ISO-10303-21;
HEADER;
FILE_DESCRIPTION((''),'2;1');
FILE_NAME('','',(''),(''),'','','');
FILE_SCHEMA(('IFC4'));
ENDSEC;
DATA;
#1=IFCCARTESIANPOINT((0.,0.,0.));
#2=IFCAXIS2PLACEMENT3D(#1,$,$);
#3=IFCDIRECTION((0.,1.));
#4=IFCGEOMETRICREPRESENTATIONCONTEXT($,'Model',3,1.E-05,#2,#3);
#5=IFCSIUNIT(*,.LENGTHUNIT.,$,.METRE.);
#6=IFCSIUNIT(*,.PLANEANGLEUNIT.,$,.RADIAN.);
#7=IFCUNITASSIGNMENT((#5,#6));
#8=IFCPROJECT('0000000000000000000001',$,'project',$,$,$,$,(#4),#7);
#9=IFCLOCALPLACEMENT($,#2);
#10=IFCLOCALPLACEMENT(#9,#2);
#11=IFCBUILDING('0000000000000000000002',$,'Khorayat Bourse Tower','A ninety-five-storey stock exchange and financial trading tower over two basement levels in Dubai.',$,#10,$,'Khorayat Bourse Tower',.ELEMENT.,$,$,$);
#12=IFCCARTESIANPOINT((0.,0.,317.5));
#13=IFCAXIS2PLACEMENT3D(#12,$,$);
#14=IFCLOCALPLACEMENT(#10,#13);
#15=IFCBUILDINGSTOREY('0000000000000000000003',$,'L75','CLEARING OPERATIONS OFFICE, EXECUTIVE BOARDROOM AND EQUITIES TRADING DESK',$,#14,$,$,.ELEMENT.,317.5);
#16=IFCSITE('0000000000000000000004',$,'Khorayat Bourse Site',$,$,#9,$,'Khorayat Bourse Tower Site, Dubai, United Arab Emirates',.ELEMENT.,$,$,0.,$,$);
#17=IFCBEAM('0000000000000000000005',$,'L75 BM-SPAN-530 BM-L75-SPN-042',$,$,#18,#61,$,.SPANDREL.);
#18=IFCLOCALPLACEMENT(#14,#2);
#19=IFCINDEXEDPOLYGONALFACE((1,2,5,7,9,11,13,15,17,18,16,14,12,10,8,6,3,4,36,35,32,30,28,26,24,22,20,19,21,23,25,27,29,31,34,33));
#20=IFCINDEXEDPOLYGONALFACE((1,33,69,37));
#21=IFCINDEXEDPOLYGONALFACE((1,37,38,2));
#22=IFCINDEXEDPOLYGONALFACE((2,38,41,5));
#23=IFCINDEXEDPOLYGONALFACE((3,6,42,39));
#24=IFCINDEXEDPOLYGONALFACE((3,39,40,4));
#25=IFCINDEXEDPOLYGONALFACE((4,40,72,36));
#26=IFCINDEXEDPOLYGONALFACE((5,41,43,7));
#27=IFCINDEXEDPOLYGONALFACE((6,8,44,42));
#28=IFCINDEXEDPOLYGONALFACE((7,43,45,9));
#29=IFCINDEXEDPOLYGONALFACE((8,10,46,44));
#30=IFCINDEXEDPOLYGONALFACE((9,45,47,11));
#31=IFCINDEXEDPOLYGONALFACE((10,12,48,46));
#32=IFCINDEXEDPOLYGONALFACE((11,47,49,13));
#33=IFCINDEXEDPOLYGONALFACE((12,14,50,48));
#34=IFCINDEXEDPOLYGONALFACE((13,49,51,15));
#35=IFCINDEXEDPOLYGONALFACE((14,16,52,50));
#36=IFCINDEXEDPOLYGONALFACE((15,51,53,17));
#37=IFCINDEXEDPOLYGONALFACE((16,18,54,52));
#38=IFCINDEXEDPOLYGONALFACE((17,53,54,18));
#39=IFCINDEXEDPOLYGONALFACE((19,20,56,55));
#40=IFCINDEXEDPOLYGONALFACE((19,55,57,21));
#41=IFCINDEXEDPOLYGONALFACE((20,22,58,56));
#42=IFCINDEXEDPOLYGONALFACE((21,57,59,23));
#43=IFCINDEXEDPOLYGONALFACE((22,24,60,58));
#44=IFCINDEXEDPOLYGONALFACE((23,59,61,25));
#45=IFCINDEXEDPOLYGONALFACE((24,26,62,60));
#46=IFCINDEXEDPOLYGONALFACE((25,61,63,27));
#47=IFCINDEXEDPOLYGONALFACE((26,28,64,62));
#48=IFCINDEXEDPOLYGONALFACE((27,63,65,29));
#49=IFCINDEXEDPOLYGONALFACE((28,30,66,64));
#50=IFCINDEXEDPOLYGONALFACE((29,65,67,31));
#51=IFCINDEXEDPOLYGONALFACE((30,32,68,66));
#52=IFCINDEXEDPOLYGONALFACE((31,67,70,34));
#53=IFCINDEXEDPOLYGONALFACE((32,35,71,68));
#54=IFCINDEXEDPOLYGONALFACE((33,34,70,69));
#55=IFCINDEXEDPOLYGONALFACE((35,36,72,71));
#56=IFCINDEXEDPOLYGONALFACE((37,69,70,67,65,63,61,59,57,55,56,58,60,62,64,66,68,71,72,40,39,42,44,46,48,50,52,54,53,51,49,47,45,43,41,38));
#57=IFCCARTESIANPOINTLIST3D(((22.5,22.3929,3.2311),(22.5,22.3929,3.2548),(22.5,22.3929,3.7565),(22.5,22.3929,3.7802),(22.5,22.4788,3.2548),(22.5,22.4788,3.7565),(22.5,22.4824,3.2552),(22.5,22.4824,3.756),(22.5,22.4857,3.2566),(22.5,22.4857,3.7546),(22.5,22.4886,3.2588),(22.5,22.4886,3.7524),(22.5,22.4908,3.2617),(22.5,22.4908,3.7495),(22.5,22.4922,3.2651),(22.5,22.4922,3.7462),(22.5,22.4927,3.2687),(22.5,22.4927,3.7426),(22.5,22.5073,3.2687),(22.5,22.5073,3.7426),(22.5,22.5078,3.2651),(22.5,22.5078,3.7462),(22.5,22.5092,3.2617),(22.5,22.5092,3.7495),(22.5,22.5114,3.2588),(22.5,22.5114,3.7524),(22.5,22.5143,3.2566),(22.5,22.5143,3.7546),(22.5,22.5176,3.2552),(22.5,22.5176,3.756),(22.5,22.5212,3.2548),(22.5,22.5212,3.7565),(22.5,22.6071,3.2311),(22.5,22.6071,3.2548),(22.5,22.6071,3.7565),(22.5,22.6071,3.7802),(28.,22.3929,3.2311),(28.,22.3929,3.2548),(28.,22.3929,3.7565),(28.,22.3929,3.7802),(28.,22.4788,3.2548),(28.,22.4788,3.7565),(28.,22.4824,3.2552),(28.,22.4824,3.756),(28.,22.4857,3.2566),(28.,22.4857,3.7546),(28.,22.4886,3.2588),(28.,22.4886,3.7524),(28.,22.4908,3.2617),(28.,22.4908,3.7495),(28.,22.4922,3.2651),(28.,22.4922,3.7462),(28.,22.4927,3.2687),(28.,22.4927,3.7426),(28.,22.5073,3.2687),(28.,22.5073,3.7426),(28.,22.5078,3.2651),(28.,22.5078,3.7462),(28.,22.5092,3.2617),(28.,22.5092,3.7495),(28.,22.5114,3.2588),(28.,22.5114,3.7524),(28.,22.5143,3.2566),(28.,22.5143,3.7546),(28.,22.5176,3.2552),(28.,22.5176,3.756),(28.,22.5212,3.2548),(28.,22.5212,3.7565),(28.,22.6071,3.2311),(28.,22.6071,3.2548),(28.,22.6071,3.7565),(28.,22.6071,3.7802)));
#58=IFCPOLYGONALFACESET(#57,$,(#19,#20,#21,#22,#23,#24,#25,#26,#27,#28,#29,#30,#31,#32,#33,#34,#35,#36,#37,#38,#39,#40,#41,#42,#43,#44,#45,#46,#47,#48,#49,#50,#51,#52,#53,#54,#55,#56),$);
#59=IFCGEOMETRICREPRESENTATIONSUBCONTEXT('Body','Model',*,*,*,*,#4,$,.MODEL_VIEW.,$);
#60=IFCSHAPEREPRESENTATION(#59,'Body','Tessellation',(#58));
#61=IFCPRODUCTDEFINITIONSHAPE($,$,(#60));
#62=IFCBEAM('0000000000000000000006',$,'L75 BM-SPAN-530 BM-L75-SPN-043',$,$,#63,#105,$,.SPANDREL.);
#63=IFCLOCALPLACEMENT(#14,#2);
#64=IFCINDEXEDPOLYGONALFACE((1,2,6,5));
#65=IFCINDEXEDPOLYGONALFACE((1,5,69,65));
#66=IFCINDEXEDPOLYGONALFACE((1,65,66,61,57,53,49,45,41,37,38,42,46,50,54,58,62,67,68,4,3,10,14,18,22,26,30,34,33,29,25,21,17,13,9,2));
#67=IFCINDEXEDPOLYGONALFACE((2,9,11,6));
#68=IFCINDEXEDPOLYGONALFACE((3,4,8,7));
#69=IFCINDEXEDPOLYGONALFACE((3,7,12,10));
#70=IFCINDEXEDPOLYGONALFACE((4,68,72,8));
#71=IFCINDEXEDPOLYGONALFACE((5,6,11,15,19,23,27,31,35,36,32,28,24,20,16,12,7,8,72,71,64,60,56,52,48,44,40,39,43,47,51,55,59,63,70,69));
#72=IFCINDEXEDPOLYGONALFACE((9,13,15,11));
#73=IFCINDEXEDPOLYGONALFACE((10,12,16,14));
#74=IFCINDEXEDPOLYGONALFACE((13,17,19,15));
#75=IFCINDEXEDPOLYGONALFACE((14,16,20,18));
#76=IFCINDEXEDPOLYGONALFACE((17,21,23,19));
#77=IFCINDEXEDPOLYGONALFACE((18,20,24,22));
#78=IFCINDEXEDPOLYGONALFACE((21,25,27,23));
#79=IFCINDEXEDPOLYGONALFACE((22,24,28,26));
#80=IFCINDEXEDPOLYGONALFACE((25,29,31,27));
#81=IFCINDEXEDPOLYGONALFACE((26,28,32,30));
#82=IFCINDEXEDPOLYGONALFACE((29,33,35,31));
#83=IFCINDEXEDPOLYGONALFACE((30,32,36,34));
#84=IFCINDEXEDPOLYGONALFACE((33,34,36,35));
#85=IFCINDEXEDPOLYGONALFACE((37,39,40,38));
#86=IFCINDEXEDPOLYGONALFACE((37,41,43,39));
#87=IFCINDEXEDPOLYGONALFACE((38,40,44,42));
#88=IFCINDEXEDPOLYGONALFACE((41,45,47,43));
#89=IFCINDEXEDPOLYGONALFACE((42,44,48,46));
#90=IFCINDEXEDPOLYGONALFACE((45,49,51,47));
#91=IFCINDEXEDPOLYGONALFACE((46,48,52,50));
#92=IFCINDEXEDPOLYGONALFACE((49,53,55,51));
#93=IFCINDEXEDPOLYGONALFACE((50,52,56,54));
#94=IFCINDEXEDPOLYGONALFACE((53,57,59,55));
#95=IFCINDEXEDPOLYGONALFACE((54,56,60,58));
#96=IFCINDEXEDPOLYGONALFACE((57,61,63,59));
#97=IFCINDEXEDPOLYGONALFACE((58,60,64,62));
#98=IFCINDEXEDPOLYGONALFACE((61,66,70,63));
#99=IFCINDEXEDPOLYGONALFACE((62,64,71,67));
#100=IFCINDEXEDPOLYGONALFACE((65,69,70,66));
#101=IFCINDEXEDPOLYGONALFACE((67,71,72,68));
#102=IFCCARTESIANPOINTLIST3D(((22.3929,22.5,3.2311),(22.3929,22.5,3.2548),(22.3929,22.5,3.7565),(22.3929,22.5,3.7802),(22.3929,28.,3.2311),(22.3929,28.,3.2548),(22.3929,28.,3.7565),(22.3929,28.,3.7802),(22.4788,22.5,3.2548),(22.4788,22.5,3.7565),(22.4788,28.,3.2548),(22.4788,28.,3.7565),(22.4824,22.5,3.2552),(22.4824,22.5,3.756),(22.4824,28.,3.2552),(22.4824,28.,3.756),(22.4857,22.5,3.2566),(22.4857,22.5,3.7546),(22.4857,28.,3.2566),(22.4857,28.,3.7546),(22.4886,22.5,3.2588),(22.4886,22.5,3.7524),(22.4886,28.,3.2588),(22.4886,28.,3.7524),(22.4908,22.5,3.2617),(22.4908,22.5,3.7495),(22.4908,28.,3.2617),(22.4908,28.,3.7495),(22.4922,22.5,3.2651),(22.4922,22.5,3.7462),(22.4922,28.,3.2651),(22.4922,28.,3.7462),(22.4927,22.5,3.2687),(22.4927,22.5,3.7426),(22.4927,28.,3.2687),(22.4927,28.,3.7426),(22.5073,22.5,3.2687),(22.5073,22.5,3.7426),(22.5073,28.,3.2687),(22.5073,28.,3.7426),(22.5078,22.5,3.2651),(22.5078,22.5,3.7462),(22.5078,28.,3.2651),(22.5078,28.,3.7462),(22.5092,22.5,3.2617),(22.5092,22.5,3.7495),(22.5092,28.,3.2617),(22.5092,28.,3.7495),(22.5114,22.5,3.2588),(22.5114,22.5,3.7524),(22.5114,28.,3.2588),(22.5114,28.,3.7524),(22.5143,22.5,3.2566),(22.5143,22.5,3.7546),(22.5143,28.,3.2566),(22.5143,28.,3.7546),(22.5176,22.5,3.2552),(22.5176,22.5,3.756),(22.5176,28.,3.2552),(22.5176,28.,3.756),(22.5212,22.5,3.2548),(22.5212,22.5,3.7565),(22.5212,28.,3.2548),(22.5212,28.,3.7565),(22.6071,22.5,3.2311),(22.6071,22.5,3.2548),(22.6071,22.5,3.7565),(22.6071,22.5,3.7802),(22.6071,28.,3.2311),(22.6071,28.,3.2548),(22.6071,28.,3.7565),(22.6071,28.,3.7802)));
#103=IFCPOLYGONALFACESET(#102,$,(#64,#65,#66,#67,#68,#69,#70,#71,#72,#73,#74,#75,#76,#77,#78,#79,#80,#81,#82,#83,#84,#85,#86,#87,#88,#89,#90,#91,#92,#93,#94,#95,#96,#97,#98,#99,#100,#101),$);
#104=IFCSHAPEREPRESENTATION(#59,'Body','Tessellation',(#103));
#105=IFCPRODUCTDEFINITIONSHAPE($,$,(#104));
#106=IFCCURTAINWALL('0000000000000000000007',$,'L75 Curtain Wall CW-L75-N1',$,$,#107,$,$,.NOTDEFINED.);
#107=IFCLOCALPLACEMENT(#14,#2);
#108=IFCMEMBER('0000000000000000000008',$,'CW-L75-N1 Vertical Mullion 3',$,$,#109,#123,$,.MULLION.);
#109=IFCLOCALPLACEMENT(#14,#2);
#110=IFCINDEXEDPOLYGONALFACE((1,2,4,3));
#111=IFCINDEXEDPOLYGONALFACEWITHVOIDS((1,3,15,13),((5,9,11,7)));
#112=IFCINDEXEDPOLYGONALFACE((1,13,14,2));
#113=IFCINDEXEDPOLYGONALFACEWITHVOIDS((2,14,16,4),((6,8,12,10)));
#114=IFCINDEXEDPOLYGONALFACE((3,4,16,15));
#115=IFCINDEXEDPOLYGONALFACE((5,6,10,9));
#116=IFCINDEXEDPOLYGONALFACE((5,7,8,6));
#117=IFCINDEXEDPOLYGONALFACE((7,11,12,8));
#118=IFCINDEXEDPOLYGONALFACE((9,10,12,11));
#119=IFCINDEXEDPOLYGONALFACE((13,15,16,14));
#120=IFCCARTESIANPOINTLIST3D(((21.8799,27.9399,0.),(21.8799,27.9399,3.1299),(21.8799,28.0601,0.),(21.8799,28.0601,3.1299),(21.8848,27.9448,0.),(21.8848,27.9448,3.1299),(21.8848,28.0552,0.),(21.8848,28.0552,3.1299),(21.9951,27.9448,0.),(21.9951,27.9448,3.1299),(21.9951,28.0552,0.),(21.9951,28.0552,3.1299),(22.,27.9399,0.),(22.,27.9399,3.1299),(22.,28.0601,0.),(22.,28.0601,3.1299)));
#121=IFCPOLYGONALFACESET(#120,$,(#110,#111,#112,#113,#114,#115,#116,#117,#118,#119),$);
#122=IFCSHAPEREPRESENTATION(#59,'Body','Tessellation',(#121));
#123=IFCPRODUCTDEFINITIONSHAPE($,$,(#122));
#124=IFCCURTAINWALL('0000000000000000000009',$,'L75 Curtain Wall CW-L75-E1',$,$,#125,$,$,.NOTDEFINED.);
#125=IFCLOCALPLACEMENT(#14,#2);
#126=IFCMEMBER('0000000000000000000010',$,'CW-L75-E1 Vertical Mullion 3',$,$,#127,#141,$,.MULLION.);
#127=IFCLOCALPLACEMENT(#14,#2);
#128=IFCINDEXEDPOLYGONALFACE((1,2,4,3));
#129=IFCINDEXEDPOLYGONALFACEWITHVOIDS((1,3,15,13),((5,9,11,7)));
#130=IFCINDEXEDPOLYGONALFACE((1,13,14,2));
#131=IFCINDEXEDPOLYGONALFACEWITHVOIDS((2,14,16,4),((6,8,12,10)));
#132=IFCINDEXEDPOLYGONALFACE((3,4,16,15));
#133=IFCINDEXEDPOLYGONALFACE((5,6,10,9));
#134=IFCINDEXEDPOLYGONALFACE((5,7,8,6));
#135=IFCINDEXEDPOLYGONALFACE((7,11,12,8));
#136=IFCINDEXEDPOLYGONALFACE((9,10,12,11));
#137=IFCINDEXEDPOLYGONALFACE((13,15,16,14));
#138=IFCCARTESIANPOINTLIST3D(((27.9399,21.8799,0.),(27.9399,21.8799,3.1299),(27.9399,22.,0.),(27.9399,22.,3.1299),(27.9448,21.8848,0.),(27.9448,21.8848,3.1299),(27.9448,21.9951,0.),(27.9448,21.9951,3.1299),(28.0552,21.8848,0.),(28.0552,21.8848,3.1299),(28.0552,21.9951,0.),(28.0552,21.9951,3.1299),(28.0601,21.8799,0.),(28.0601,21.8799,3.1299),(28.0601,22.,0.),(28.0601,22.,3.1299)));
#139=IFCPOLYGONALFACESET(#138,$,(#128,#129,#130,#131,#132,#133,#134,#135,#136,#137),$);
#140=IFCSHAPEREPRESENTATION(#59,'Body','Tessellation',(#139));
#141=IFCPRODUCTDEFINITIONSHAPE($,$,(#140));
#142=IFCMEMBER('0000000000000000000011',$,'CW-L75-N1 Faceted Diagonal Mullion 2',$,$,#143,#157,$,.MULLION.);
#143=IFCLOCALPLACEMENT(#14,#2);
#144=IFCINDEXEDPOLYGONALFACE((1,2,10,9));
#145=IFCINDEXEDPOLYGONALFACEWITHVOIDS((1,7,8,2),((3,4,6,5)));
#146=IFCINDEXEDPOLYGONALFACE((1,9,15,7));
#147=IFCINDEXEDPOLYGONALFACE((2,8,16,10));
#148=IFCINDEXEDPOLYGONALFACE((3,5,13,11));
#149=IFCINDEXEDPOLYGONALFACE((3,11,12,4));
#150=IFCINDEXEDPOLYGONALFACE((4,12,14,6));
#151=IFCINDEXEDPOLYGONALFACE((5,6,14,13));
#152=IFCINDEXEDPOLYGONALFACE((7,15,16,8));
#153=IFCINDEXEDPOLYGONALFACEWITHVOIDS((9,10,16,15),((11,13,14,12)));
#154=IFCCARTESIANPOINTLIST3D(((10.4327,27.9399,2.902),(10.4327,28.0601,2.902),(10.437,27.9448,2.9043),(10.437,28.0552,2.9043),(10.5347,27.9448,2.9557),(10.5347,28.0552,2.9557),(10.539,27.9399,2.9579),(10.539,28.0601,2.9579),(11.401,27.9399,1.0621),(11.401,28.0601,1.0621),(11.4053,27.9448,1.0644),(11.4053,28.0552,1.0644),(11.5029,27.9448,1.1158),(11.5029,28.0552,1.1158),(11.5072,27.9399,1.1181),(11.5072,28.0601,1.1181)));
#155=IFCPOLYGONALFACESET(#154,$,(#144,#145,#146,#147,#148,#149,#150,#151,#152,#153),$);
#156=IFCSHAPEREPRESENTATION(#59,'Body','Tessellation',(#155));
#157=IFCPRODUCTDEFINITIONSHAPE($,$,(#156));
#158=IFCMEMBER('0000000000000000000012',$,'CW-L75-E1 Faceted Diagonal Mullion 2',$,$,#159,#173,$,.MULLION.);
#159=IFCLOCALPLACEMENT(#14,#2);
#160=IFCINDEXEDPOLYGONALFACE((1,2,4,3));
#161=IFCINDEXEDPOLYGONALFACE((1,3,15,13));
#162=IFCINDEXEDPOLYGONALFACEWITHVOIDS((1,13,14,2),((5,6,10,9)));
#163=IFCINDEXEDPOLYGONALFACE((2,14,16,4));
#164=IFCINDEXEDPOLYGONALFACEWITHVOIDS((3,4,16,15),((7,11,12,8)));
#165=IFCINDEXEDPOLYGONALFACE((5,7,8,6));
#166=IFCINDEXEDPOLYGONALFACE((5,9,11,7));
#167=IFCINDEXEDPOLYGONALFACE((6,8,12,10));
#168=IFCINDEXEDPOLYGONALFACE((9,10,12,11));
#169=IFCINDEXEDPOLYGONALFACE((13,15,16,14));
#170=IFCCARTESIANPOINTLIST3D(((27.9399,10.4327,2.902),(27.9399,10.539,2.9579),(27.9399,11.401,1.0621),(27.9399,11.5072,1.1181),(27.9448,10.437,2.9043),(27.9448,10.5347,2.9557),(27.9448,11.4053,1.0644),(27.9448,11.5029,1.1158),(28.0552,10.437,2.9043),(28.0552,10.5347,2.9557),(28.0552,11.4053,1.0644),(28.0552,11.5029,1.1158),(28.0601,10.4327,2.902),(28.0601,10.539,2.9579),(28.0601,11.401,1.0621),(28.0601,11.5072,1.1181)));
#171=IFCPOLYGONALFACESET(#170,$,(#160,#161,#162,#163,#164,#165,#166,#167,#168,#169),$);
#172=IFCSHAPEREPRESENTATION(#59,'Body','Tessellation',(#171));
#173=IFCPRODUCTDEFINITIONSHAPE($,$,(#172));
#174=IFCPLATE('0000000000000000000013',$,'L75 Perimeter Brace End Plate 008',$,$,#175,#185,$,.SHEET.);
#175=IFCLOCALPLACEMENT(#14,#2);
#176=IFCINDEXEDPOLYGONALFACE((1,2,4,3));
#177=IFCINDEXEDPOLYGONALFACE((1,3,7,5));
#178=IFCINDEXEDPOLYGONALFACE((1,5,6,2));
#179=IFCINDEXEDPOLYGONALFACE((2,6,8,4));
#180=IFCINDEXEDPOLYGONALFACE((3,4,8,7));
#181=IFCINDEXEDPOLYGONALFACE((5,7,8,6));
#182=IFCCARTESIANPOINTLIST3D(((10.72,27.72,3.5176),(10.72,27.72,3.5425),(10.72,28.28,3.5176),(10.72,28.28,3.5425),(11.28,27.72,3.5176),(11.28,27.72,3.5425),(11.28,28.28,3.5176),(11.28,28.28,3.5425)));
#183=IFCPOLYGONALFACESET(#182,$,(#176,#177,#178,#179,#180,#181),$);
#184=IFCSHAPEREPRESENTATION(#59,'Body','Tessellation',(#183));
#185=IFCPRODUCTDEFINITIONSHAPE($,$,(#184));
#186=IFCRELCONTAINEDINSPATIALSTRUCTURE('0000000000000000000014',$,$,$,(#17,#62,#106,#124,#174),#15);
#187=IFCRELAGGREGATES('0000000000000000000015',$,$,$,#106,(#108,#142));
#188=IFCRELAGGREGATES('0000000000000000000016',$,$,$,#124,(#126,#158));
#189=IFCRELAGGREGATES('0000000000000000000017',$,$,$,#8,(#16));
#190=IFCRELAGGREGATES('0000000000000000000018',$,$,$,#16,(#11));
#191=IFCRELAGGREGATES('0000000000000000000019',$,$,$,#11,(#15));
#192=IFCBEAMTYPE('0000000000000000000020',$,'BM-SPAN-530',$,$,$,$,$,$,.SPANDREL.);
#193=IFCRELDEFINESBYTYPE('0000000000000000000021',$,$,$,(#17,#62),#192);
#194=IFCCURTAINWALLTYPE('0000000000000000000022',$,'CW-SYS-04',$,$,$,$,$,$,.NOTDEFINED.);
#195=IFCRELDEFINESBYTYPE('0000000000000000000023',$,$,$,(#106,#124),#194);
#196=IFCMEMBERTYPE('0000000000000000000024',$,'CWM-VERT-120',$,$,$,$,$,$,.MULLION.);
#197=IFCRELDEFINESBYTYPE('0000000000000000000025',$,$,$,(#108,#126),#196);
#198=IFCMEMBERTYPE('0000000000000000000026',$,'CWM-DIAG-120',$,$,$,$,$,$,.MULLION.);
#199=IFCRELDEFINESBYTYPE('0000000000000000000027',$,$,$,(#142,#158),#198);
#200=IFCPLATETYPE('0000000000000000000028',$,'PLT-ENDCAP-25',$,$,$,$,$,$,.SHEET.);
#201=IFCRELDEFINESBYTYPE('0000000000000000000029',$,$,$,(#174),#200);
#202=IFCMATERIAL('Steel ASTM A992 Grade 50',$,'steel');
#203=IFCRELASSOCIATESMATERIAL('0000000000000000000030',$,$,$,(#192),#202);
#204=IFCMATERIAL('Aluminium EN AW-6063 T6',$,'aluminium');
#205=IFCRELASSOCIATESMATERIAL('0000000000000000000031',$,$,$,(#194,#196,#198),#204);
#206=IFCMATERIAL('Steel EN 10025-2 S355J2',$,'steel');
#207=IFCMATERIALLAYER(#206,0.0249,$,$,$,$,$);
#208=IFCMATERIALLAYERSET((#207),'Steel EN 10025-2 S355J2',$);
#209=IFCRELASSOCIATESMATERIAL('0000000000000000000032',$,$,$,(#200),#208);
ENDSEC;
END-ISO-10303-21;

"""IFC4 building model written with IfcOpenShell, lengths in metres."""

from ifc_helpers import new_model, si_unit, direction, frame, origin, origin_2d, place, context, subcontext, project, spatial, rectangle, hollow_rectangle, i_section, extrude, source, transform, mapped, material, layer, layer_set, material_profile, profile_set, type_object, element, aggregate, save


model = new_model("IFC4")

# Units and contexts
model_context = context("Model", 3, precision=1e-05, world=origin(), true_north=direction((0.0, 1.0)))
body_context = subcontext(model_context, "Body", "Model", "MODEL_VIEW")
ifc_project = project(units=[si_unit("LENGTHUNIT", "METRE"), si_unit("PLANEANGLEUNIT", "RADIAN")], contexts=[model_context])

# Site, building, storey
site_placement = place(None, origin())
site = spatial("IfcSite", under=ifc_project, at=site_placement, Name="Khorayat Bourse Site", LongName="Khorayat Bourse Tower Site, Dubai, United Arab Emirates", CompositionType="ELEMENT", RefElevation=0.0)
building_placement = place(site_placement, origin())
building = spatial("IfcBuilding", under=site, at=building_placement, Name="Khorayat Bourse Tower", Description="A ninety-five-storey stock exchange and financial trading tower over two basement levels in Dubai.", LongName="Khorayat Bourse Tower", CompositionType="ELEMENT")
storey_placement = place(building_placement, frame((0.0, 0.0, 317.5)))
storey = spatial("IfcBuildingStorey", under=building, at=storey_placement, Name="L75", Description="CLEARING OPERATIONS OFFICE, EXECUTIVE BOARDROOM AND EQUITIES TRADING DESK", CompositionType="ELEMENT", Elevation=317.5)

# Beams
ifc_material_1 = material(Name="Steel ASTM A992 Grade 50", Category="steel")
ifc_material_profile_1 = material_profile(ifc_material_1, i_section(OverallWidth=0.2141, OverallDepth=0.5491, WebThickness=0.0146, FlangeThickness=0.0237, FilletRadius=0.0139, at=origin_2d()), Name="W530X138")
ifc_profile_set_1 = profile_set([ifc_material_profile_1], Name="Steel ASTM A992 Grade 50")
beam_type_1 = type_object("IfcBeamType", Name="BM-SPAN-530", PredefinedType="SPANDREL", material=ifc_profile_set_1)
shared_shape_1 = source(origin(), body_context, "Body", "SweptSolid", [
    extrude(i_section(OverallWidth=0.2141, OverallDepth=0.5491, WebThickness=0.0146, FlangeThickness=0.0237, FilletRadius=0.0139, at=origin_2d()), origin(), (0.0, 0.0, 1.0), 5.5),
])
for number, where, z_axis, x_axis, name in (
    (1, (22.5, 22.5, 3.5056), (1.0, 0.0, 0.0), (0.0, 1.0, 0.0), "L75 BM-SPAN-530 BM-L75-SPN-042"),
    (2, (22.5, 22.5, 3.5056), (0.0, 1.0, 0.0), (-1.0, 0.0, 0.0), "L75 BM-SPAN-530 BM-L75-SPN-043"),
):
    element("IfcBeam", number, at=place(storey_placement, frame(where, z_axis=z_axis, x_axis=x_axis)), inside=storey, type_object=beam_type_1, Name=name, PredefinedType="SPANDREL", context=body_context, shape_type="MappedRepresentation", body=[
        mapped(shared_shape_1, transform((0.0, 0.0, 0.0), scale=1.0)),
    ])

# Curtain walls, members
ifc_material_2 = material(Name="Aluminium EN AW-6063 T6", Category="aluminium")
curtain_wall_type = type_object("IfcCurtainWallType", Name="CW-SYS-04", PredefinedType="NOTDEFINED", material=ifc_material_2)
curtain_wall_1_placement = place(storey_placement, origin())
curtain_wall_1 = element("IfcCurtainWall", 3, at=curtain_wall_1_placement, inside=storey, type_object=curtain_wall_type, Name="L75 Curtain Wall CW-L75-N1", PredefinedType="NOTDEFINED")
ifc_material_profile_2 = material_profile(ifc_material_2, hollow_rectangle(XDim=0.1201, YDim=0.1201, WallThickness=0.0049, at=origin_2d()), Name="ALU 120x120x5")
ifc_profile_set_2 = profile_set([ifc_material_profile_2], Name="Aluminium EN AW-6063 T6")
member_type_1 = type_object("IfcMemberType", Name="CWM-VERT-120", PredefinedType="MULLION", material=ifc_profile_set_2)
shared_shape_2 = source(origin(), body_context, "Body", "SweptSolid", [
    extrude(hollow_rectangle(XDim=0.1201, YDim=0.1201, WallThickness=0.0049, at=origin_2d()), origin(), (0.0, 0.0, 1.0), 3.1299),
])
member_1_placement = place(storey_placement, frame((21.9399, 28.0, 0.0), z_axis=(0.0, 0.0, 1.0), x_axis=(0.0, 1.0, 0.0)))
member_1 = element("IfcMember", 4, at=member_1_placement, type_object=member_type_1, Name="CW-L75-N1 Vertical Mullion 3", PredefinedType="MULLION", context=body_context, shape_type="MappedRepresentation", body=[
    mapped(shared_shape_2, transform((0.0, 0.0, 0.0), scale=1.0)),
])
curtain_wall_2_placement = place(storey_placement, origin())
curtain_wall_2 = element("IfcCurtainWall", 5, at=curtain_wall_2_placement, inside=storey, type_object=curtain_wall_type, Name="L75 Curtain Wall CW-L75-E1", PredefinedType="NOTDEFINED")
member_2_placement = place(storey_placement, frame((28.0, 21.9399, 0.0), z_axis=(0.0, 0.0, 1.0), x_axis=(-1.0, 0.0, 0.0)))
member_2 = element("IfcMember", 6, at=member_2_placement, type_object=member_type_1, Name="CW-L75-E1 Vertical Mullion 3", PredefinedType="MULLION", context=body_context, shape_type="MappedRepresentation", body=[
    mapped(shared_shape_2, transform((0.0, 0.0, 0.0), scale=1.0)),
])

# Members
ifc_material_profile_3 = material_profile(ifc_material_2, hollow_rectangle(XDim=0.1201, YDim=0.1201, WallThickness=0.0049, at=origin_2d()), Name="ALU 120x120x5")
ifc_profile_set_3 = profile_set([ifc_material_profile_3], Name="Aluminium EN AW-6063 T6")
member_type_2 = type_object("IfcMemberType", Name="CWM-DIAG-120", PredefinedType="MULLION", material=ifc_profile_set_3)
shared_shape_3 = source(origin(), body_context, "Body", "SweptSolid", [
    extrude(hollow_rectangle(XDim=0.1201, YDim=0.1201, WallThickness=0.0049, at=origin_2d()), origin(), (0.0, 0.0, 1.0), 2.0791),
])
member_3_placement = place(storey_placement, frame((11.4541, 28.0, 1.0901), z_axis=(-0.465717, 0.0, 0.884934), x_axis=(0.0, -1.0, 0.0)))
member_3 = element("IfcMember", 7, at=member_3_placement, type_object=member_type_2, Name="CW-L75-N1 Faceted Diagonal Mullion 2", PredefinedType="MULLION", context=body_context, shape_type="MappedRepresentation", body=[
    mapped(shared_shape_3, transform((0.0, 0.0, 0.0), scale=1.0)),
])
aggregate(curtain_wall_1, [member_1, member_3])
member_4_placement = place(storey_placement, frame((28.0, 11.4541, 1.0901), z_axis=(0.0, -0.465717, 0.884934), x_axis=(1.0, 0.0, 0.0)))
member_4 = element("IfcMember", 8, at=member_4_placement, type_object=member_type_2, Name="CW-L75-E1 Faceted Diagonal Mullion 2", PredefinedType="MULLION", context=body_context, shape_type="MappedRepresentation", body=[
    mapped(shared_shape_3, transform((0.0, 0.0, 0.0), scale=1.0)),
])
aggregate(curtain_wall_2, [member_2, member_4])

# Plate
ifc_material_3 = material(Name="Steel EN 10025-2 S355J2", Category="steel")
ifc_layer_1 = layer(ifc_material_3, 0.0249)
ifc_layer_set_1 = layer_set([ifc_layer_1], Name="Steel EN 10025-2 S355J2")
plate_type = type_object("IfcPlateType", Name="PLT-ENDCAP-25", PredefinedType="SHEET", material=ifc_layer_set_1)
shared_shape_4 = source(origin(), body_context, "Body", "SweptSolid", [
    extrude(rectangle(XDim=0.5601, YDim=0.5601, at=origin_2d()), origin(), (0.0, 0.0, 1.0), 0.0249),
])
plate_placement = place(storey_placement, frame((11.0, 28.0, 3.5176), z_axis=(0.0, 0.0, 1.0), x_axis=(1.0, 0.0, 0.0)))
element("IfcPlate", 9, at=plate_placement, inside=storey, type_object=plate_type, Name="L75 Perimeter Brace End Plate 008", PredefinedType="SHEET", context=body_context, shape_type="MappedRepresentation", body=[
    mapped(shared_shape_4, transform((0.0, 0.0, 0.0), scale=1.0)),
])

save(model, "model.ifc")
